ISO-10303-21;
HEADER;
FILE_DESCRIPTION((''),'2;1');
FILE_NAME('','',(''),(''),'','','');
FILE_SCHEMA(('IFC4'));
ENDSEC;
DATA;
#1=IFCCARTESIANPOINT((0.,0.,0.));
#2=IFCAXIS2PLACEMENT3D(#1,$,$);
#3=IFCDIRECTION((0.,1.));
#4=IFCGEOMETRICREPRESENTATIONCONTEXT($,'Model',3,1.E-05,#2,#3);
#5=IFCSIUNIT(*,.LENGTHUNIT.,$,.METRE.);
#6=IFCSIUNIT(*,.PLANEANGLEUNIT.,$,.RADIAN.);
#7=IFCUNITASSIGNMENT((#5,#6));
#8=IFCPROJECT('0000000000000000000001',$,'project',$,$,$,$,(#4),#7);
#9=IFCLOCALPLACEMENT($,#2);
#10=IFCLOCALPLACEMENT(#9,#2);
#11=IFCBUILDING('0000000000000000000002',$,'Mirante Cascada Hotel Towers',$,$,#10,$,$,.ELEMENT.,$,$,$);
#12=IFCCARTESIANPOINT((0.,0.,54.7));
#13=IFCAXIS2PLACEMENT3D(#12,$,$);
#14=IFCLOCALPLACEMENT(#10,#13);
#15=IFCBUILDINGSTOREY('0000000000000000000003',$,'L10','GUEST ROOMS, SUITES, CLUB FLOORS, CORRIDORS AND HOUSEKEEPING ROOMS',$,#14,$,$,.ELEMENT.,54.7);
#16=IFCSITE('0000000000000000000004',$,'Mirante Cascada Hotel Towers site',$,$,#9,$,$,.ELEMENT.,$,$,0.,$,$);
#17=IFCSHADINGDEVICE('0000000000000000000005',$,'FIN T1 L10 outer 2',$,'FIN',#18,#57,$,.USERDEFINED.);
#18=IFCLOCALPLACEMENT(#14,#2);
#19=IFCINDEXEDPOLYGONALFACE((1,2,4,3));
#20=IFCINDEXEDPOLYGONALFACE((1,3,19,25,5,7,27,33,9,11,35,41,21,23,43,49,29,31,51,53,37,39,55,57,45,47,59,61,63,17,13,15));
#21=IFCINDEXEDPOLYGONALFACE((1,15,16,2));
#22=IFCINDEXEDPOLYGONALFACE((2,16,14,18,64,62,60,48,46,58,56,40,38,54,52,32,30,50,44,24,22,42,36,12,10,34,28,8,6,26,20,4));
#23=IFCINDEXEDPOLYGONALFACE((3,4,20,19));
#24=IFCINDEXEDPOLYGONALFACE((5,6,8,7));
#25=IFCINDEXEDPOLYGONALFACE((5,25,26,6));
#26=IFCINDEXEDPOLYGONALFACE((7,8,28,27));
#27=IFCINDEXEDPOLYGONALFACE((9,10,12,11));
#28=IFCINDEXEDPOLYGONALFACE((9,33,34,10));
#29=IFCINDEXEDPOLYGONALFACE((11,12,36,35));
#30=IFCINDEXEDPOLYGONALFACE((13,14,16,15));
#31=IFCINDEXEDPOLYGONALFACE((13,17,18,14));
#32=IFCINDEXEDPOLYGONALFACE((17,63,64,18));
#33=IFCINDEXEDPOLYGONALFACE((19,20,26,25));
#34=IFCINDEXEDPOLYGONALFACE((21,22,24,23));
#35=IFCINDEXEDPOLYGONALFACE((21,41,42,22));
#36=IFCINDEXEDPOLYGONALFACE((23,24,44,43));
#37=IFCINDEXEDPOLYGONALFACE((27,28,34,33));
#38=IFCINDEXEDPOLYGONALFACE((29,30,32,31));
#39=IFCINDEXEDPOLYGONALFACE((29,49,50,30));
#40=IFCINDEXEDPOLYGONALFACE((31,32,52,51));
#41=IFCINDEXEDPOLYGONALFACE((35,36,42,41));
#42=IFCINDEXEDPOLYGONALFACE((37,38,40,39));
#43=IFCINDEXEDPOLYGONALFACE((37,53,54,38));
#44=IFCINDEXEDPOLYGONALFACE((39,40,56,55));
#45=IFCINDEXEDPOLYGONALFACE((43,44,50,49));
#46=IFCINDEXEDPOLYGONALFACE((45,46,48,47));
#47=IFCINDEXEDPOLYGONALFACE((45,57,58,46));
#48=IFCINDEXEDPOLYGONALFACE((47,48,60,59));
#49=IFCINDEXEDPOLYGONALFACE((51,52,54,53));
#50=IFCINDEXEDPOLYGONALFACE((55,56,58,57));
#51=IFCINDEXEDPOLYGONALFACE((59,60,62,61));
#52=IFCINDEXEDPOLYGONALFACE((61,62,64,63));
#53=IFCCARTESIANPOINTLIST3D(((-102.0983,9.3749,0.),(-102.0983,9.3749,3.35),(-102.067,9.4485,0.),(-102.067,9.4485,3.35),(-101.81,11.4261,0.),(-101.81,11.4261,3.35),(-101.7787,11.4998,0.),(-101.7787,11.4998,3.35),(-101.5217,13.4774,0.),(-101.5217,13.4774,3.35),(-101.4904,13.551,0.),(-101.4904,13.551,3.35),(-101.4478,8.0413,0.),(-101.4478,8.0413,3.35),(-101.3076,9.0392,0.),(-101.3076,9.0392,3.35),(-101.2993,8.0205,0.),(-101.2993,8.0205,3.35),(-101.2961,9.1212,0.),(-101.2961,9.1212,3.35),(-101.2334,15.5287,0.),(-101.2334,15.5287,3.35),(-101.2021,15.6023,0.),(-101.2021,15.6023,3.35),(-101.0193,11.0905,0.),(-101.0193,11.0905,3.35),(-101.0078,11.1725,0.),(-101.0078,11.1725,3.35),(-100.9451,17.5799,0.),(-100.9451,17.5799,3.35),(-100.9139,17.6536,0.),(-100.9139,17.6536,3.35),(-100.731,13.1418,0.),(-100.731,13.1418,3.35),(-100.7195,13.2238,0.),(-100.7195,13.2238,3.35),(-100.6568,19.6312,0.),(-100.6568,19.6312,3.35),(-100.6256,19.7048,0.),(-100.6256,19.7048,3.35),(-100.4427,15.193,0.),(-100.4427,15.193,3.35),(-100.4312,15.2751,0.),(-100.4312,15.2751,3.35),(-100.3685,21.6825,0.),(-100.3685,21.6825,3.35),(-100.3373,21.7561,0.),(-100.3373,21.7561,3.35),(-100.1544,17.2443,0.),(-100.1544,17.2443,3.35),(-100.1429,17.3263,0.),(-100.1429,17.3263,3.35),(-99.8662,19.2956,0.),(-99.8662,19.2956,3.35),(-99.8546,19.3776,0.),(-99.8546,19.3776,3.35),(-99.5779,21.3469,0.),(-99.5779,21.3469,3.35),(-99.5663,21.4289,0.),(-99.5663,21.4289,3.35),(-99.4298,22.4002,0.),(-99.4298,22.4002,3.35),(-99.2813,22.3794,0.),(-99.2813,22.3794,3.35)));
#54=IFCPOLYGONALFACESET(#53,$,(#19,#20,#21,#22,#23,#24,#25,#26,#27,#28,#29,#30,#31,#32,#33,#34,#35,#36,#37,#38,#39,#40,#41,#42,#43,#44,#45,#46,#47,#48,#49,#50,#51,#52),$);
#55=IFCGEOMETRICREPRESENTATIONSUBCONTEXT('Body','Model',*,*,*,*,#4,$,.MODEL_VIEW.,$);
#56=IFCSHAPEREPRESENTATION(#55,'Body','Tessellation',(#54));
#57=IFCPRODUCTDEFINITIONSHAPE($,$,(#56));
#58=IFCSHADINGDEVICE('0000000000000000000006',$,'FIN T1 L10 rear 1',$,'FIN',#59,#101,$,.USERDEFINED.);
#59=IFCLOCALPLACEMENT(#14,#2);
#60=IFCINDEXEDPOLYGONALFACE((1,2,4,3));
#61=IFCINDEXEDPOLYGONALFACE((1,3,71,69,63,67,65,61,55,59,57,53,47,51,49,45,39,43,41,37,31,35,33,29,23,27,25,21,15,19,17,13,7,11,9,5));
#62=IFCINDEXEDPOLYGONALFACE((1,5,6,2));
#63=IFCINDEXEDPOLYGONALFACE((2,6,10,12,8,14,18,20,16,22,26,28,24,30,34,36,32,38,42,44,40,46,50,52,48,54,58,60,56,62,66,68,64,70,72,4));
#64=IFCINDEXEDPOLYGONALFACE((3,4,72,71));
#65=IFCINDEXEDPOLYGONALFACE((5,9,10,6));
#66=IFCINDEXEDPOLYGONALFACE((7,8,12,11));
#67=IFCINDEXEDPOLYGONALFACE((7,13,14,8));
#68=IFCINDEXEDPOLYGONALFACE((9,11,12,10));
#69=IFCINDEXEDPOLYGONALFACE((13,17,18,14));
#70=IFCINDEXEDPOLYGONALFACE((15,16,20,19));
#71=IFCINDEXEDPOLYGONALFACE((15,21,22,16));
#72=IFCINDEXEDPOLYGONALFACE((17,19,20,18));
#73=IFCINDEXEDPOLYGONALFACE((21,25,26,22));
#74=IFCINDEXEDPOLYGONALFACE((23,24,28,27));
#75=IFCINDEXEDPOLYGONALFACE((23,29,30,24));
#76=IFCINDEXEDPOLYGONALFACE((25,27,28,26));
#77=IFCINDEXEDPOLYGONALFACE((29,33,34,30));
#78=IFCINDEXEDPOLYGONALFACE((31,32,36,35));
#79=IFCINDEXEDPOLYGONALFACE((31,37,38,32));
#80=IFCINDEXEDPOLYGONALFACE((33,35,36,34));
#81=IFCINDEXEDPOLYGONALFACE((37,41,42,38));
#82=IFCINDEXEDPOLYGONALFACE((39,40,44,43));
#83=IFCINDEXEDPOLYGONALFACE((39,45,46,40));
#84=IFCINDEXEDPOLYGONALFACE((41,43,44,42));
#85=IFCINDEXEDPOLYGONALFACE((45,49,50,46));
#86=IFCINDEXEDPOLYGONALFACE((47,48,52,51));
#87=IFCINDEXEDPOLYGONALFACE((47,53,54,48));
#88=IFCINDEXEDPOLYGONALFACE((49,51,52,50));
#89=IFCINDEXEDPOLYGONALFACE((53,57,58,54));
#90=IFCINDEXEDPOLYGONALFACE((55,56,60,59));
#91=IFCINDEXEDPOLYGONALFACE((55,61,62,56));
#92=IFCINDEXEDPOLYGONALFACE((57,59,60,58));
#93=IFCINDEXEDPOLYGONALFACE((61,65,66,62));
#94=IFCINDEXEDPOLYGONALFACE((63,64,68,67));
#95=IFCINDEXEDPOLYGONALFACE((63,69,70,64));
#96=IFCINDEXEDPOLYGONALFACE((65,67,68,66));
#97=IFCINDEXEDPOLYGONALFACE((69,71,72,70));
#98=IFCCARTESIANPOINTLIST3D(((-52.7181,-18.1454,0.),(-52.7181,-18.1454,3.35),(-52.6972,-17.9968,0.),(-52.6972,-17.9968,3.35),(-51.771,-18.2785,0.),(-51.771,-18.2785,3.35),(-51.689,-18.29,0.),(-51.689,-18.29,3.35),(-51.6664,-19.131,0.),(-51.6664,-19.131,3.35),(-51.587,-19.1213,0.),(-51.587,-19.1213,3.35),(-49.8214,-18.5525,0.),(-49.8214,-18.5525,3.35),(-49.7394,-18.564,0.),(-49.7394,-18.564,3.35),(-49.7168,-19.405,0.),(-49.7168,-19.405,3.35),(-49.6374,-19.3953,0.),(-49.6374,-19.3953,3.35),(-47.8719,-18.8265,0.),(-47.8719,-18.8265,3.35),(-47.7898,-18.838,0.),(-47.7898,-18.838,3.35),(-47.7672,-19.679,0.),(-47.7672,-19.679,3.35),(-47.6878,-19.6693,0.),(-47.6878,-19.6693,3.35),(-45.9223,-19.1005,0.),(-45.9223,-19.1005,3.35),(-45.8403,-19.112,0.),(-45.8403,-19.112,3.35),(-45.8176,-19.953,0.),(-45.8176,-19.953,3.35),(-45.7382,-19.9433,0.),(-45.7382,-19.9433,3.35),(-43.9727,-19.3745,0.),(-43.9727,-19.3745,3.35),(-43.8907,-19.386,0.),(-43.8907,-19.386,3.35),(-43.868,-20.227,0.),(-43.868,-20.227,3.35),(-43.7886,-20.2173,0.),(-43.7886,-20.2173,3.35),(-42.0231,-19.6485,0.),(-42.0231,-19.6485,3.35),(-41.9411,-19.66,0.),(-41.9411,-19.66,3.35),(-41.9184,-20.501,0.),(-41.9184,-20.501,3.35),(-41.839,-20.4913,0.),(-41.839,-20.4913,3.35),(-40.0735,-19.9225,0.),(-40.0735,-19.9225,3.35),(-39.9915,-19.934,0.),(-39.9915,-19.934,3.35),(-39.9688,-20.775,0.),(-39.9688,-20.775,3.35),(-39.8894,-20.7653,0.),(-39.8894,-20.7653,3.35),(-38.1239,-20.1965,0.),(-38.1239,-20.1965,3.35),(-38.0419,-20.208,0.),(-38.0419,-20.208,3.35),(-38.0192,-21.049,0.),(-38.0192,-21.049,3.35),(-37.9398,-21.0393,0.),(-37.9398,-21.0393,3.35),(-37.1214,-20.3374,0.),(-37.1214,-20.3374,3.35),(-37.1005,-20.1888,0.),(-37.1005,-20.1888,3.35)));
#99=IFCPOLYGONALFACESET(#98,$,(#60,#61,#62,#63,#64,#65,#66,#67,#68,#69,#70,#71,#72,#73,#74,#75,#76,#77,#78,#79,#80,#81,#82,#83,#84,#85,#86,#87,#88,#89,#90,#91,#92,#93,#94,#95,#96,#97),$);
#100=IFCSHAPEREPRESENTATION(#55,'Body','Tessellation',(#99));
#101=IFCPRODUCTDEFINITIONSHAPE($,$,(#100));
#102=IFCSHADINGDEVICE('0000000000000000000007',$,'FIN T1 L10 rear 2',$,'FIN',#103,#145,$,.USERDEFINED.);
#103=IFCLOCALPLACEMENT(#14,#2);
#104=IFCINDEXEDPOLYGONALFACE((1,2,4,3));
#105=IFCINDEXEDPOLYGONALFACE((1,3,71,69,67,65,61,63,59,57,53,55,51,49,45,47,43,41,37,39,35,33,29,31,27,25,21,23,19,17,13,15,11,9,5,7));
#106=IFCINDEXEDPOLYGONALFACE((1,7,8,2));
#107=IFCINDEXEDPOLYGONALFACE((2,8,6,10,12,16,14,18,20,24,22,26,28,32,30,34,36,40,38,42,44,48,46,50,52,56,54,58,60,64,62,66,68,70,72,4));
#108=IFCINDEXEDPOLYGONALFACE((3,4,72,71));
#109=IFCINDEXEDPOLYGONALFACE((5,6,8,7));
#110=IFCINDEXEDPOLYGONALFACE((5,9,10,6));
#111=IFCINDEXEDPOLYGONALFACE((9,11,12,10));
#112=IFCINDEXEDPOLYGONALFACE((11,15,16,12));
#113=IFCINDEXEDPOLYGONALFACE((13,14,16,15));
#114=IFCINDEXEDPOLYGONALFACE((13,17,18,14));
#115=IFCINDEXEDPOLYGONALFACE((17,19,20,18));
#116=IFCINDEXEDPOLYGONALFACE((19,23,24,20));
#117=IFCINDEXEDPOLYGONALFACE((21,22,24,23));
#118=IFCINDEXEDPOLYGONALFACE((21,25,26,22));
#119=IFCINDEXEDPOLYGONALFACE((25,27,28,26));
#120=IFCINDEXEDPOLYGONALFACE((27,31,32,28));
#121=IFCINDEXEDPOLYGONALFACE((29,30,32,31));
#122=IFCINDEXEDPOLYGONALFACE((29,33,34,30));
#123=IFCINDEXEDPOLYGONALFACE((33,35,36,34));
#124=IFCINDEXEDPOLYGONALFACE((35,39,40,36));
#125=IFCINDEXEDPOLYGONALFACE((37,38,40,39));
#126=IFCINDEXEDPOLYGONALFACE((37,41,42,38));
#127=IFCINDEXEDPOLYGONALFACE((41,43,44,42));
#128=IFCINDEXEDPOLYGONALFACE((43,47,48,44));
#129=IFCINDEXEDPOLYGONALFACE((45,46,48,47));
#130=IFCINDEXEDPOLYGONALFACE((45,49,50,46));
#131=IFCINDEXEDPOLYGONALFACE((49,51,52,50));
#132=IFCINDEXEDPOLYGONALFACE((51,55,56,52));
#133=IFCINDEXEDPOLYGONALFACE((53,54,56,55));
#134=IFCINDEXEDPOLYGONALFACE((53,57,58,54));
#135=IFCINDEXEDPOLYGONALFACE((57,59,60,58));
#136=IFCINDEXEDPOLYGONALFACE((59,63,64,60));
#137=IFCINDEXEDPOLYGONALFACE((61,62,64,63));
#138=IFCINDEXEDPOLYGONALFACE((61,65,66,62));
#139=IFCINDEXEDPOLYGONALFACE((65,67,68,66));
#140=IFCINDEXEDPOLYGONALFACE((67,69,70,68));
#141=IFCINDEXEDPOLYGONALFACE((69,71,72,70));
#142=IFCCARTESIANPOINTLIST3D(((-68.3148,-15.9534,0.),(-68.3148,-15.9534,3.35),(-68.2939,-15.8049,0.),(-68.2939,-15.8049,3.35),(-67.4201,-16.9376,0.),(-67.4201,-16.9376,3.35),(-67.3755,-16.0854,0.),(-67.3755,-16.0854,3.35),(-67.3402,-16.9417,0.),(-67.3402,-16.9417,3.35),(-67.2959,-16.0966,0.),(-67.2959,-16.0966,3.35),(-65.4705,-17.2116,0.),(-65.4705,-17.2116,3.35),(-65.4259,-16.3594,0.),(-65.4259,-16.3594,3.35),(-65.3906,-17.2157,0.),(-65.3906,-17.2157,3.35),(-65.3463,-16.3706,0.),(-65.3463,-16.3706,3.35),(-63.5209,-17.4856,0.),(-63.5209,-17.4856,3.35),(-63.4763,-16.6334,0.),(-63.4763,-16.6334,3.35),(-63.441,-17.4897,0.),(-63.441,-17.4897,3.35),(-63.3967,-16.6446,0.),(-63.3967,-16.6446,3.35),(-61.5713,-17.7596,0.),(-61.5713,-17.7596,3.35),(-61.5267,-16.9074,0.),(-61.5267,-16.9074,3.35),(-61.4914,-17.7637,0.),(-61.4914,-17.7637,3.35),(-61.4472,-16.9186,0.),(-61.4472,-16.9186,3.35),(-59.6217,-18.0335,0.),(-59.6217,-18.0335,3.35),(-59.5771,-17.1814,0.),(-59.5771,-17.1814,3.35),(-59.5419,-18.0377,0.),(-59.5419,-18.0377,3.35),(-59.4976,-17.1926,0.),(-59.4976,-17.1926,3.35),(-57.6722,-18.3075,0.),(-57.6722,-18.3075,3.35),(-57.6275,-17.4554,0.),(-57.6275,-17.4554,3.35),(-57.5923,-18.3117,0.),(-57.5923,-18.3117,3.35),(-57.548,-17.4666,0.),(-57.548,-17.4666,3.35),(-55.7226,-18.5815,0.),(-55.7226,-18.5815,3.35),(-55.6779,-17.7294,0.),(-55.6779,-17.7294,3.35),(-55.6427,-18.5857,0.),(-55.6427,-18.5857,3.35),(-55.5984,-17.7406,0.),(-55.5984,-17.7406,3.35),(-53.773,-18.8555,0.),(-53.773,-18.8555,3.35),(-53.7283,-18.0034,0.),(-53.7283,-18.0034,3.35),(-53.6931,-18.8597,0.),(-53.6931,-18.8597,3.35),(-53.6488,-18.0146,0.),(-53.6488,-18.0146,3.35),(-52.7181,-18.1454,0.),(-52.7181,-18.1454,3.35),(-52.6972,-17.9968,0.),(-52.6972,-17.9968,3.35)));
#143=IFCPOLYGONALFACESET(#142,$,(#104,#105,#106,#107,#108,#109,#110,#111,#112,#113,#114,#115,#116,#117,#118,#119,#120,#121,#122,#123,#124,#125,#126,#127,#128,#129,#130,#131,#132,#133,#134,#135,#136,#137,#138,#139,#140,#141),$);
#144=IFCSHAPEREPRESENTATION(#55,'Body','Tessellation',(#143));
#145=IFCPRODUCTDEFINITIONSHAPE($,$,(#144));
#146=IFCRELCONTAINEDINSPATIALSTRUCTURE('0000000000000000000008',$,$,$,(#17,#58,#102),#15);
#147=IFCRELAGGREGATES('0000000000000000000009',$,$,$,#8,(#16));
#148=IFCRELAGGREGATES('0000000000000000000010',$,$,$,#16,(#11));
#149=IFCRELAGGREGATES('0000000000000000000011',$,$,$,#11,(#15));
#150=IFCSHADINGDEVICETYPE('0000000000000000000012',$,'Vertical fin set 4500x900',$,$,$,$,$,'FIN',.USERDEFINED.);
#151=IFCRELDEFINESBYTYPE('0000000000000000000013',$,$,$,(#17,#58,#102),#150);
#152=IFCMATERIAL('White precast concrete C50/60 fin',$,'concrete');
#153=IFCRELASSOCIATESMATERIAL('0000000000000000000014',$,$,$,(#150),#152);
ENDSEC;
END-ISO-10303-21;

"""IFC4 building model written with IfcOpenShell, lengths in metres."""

from ifc_helpers import new_model, si_unit, direction, frame, origin, place, context, subcontext, project, spatial, polyline, outline, extrude, material, type_object, element, save


model = new_model("IFC4")

# Units and contexts
model_context = context("Model", 3, precision=1e-05, world=origin(), true_north=direction((0.0, 1.0)))
body_context = subcontext(model_context, "Body", "Model", "MODEL_VIEW")
ifc_project = project(units=[si_unit("LENGTHUNIT", "METRE"), si_unit("PLANEANGLEUNIT", "RADIAN")], contexts=[model_context])

# Site, building, storey
site_placement = place(None, origin())
site = spatial("IfcSite", under=ifc_project, at=site_placement, Name="Mirante Cascada Hotel Towers site", CompositionType="ELEMENT", RefElevation=0.0)
building_placement = place(site_placement, origin())
building = spatial("IfcBuilding", under=site, at=building_placement, Name="Mirante Cascada Hotel Towers", CompositionType="ELEMENT")
storey_placement = place(building_placement, frame((0.0, 0.0, 54.7)))
storey = spatial("IfcBuildingStorey", under=building, at=storey_placement, Name="L10", Description="GUEST ROOMS, SUITES, CLUB FLOORS, CORRIDORS AND HOUSEKEEPING ROOMS", CompositionType="ELEMENT", Elevation=54.7)

# Shading devices
ifc_material_1 = material(Name="White precast concrete C50/60 fin", Category="concrete")
shading_device_type = type_object("IfcShadingDeviceType", Name="Vertical fin set 4500x900", ElementType="FIN", PredefinedType="USERDEFINED", material=ifc_material_1)
shading_device_1_placement = place(storey_placement, origin())
element("IfcShadingDevice", 1, at=shading_device_1_placement, inside=storey, type_object=shading_device_type, Name="FIN T1 L10 outer 2", ObjectType="FIN", PredefinedType="USERDEFINED", context=body_context, shape_type="SweptSolid", body=[
    extrude(outline(polyline([(-101.2961, 9.1212), (-101.0193, 11.0905), (-101.81, 11.4261), (-101.7787, 11.4998), (-101.0078, 11.1725), (-100.731, 13.1418), (-101.5217, 13.4774), (-101.4904, 13.551), (-100.7195, 13.2238), (-100.4427, 15.193), (-101.2334, 15.5287), (-101.2021, 15.6023), (-100.4312, 15.2751), (-100.1544, 17.2443), (-100.9451, 17.5799), (-100.9139, 17.6536), (-100.1429, 17.3263), (-99.8662, 19.2956), (-100.6568, 19.6312), (-100.6256, 19.7048), (-99.8546, 19.3776), (-99.5779, 21.3469), (-100.3685, 21.6825), (-100.3373, 21.7561), (-99.5663, 21.4289), (-99.4298, 22.4002), (-99.2813, 22.3794), (-101.2993, 8.0205), (-101.4478, 8.0413), (-101.3076, 9.0392), (-102.0983, 9.3749), (-102.067, 9.4485), (-101.2961, 9.1212)])), origin(), (0.0, 0.0, 1.0), 3.35),
])
shading_device_2_placement = place(storey_placement, origin())
element("IfcShadingDevice", 2, at=shading_device_2_placement, inside=storey, type_object=shading_device_type, Name="FIN T1 L10 rear 1", ObjectType="FIN", PredefinedType="USERDEFINED", context=body_context, shape_type="SweptSolid", body=[
    extrude(outline(polyline([(-38.1239, -20.1965), (-39.9915, -19.934), (-39.8894, -20.7653), (-39.9688, -20.775), (-40.0735, -19.9225), (-41.9411, -19.66), (-41.839, -20.4913), (-41.9184, -20.501), (-42.0231, -19.6485), (-43.8907, -19.386), (-43.7886, -20.2173), (-43.868, -20.227), (-43.9727, -19.3745), (-45.8403, -19.112), (-45.7382, -19.9433), (-45.8176, -19.953), (-45.9223, -19.1005), (-47.7898, -18.838), (-47.6878, -19.6693), (-47.7672, -19.679), (-47.8719, -18.8265), (-49.7394, -18.564), (-49.6374, -19.3953), (-49.7168, -19.405), (-49.8214, -18.5525), (-51.689, -18.29), (-51.587, -19.1213), (-51.6664, -19.131), (-51.771, -18.2785), (-52.7181, -18.1454), (-52.6972, -17.9968), (-37.1005, -20.1888), (-37.1214, -20.3374), (-38.0419, -20.208), (-37.9398, -21.0393), (-38.0192, -21.049), (-38.1239, -20.1965)])), origin(), (0.0, 0.0, 1.0), 3.35),
])
shading_device_3_placement = place(storey_placement, origin())
element("IfcShadingDevice", 3, at=shading_device_3_placement, inside=storey, type_object=shading_device_type, Name="FIN T1 L10 rear 2", ObjectType="FIN", PredefinedType="USERDEFINED", context=body_context, shape_type="SweptSolid", body=[
    extrude(outline(polyline([(-53.7283, -18.0034), (-55.5984, -17.7406), (-55.6427, -18.5857), (-55.7226, -18.5815), (-55.6779, -17.7294), (-57.548, -17.4666), (-57.5923, -18.3117), (-57.6722, -18.3075), (-57.6275, -17.4554), (-59.4976, -17.1926), (-59.5419, -18.0377), (-59.6217, -18.0335), (-59.5771, -17.1814), (-61.4472, -16.9186), (-61.4914, -17.7637), (-61.5713, -17.7596), (-61.5267, -16.9074), (-63.3967, -16.6446), (-63.441, -17.4897), (-63.5209, -17.4856), (-63.4763, -16.6334), (-65.3463, -16.3706), (-65.3906, -17.2157), (-65.4705, -17.2116), (-65.4259, -16.3594), (-67.2959, -16.0966), (-67.3402, -16.9417), (-67.4201, -16.9376), (-67.3755, -16.0854), (-68.3148, -15.9534), (-68.2939, -15.8049), (-52.6972, -17.9968), (-52.7181, -18.1454), (-53.6488, -18.0146), (-53.6931, -18.8597), (-53.773, -18.8555), (-53.7283, -18.0034)])), origin(), (0.0, 0.0, 1.0), 3.35),
])

save(model, "model.ifc")
